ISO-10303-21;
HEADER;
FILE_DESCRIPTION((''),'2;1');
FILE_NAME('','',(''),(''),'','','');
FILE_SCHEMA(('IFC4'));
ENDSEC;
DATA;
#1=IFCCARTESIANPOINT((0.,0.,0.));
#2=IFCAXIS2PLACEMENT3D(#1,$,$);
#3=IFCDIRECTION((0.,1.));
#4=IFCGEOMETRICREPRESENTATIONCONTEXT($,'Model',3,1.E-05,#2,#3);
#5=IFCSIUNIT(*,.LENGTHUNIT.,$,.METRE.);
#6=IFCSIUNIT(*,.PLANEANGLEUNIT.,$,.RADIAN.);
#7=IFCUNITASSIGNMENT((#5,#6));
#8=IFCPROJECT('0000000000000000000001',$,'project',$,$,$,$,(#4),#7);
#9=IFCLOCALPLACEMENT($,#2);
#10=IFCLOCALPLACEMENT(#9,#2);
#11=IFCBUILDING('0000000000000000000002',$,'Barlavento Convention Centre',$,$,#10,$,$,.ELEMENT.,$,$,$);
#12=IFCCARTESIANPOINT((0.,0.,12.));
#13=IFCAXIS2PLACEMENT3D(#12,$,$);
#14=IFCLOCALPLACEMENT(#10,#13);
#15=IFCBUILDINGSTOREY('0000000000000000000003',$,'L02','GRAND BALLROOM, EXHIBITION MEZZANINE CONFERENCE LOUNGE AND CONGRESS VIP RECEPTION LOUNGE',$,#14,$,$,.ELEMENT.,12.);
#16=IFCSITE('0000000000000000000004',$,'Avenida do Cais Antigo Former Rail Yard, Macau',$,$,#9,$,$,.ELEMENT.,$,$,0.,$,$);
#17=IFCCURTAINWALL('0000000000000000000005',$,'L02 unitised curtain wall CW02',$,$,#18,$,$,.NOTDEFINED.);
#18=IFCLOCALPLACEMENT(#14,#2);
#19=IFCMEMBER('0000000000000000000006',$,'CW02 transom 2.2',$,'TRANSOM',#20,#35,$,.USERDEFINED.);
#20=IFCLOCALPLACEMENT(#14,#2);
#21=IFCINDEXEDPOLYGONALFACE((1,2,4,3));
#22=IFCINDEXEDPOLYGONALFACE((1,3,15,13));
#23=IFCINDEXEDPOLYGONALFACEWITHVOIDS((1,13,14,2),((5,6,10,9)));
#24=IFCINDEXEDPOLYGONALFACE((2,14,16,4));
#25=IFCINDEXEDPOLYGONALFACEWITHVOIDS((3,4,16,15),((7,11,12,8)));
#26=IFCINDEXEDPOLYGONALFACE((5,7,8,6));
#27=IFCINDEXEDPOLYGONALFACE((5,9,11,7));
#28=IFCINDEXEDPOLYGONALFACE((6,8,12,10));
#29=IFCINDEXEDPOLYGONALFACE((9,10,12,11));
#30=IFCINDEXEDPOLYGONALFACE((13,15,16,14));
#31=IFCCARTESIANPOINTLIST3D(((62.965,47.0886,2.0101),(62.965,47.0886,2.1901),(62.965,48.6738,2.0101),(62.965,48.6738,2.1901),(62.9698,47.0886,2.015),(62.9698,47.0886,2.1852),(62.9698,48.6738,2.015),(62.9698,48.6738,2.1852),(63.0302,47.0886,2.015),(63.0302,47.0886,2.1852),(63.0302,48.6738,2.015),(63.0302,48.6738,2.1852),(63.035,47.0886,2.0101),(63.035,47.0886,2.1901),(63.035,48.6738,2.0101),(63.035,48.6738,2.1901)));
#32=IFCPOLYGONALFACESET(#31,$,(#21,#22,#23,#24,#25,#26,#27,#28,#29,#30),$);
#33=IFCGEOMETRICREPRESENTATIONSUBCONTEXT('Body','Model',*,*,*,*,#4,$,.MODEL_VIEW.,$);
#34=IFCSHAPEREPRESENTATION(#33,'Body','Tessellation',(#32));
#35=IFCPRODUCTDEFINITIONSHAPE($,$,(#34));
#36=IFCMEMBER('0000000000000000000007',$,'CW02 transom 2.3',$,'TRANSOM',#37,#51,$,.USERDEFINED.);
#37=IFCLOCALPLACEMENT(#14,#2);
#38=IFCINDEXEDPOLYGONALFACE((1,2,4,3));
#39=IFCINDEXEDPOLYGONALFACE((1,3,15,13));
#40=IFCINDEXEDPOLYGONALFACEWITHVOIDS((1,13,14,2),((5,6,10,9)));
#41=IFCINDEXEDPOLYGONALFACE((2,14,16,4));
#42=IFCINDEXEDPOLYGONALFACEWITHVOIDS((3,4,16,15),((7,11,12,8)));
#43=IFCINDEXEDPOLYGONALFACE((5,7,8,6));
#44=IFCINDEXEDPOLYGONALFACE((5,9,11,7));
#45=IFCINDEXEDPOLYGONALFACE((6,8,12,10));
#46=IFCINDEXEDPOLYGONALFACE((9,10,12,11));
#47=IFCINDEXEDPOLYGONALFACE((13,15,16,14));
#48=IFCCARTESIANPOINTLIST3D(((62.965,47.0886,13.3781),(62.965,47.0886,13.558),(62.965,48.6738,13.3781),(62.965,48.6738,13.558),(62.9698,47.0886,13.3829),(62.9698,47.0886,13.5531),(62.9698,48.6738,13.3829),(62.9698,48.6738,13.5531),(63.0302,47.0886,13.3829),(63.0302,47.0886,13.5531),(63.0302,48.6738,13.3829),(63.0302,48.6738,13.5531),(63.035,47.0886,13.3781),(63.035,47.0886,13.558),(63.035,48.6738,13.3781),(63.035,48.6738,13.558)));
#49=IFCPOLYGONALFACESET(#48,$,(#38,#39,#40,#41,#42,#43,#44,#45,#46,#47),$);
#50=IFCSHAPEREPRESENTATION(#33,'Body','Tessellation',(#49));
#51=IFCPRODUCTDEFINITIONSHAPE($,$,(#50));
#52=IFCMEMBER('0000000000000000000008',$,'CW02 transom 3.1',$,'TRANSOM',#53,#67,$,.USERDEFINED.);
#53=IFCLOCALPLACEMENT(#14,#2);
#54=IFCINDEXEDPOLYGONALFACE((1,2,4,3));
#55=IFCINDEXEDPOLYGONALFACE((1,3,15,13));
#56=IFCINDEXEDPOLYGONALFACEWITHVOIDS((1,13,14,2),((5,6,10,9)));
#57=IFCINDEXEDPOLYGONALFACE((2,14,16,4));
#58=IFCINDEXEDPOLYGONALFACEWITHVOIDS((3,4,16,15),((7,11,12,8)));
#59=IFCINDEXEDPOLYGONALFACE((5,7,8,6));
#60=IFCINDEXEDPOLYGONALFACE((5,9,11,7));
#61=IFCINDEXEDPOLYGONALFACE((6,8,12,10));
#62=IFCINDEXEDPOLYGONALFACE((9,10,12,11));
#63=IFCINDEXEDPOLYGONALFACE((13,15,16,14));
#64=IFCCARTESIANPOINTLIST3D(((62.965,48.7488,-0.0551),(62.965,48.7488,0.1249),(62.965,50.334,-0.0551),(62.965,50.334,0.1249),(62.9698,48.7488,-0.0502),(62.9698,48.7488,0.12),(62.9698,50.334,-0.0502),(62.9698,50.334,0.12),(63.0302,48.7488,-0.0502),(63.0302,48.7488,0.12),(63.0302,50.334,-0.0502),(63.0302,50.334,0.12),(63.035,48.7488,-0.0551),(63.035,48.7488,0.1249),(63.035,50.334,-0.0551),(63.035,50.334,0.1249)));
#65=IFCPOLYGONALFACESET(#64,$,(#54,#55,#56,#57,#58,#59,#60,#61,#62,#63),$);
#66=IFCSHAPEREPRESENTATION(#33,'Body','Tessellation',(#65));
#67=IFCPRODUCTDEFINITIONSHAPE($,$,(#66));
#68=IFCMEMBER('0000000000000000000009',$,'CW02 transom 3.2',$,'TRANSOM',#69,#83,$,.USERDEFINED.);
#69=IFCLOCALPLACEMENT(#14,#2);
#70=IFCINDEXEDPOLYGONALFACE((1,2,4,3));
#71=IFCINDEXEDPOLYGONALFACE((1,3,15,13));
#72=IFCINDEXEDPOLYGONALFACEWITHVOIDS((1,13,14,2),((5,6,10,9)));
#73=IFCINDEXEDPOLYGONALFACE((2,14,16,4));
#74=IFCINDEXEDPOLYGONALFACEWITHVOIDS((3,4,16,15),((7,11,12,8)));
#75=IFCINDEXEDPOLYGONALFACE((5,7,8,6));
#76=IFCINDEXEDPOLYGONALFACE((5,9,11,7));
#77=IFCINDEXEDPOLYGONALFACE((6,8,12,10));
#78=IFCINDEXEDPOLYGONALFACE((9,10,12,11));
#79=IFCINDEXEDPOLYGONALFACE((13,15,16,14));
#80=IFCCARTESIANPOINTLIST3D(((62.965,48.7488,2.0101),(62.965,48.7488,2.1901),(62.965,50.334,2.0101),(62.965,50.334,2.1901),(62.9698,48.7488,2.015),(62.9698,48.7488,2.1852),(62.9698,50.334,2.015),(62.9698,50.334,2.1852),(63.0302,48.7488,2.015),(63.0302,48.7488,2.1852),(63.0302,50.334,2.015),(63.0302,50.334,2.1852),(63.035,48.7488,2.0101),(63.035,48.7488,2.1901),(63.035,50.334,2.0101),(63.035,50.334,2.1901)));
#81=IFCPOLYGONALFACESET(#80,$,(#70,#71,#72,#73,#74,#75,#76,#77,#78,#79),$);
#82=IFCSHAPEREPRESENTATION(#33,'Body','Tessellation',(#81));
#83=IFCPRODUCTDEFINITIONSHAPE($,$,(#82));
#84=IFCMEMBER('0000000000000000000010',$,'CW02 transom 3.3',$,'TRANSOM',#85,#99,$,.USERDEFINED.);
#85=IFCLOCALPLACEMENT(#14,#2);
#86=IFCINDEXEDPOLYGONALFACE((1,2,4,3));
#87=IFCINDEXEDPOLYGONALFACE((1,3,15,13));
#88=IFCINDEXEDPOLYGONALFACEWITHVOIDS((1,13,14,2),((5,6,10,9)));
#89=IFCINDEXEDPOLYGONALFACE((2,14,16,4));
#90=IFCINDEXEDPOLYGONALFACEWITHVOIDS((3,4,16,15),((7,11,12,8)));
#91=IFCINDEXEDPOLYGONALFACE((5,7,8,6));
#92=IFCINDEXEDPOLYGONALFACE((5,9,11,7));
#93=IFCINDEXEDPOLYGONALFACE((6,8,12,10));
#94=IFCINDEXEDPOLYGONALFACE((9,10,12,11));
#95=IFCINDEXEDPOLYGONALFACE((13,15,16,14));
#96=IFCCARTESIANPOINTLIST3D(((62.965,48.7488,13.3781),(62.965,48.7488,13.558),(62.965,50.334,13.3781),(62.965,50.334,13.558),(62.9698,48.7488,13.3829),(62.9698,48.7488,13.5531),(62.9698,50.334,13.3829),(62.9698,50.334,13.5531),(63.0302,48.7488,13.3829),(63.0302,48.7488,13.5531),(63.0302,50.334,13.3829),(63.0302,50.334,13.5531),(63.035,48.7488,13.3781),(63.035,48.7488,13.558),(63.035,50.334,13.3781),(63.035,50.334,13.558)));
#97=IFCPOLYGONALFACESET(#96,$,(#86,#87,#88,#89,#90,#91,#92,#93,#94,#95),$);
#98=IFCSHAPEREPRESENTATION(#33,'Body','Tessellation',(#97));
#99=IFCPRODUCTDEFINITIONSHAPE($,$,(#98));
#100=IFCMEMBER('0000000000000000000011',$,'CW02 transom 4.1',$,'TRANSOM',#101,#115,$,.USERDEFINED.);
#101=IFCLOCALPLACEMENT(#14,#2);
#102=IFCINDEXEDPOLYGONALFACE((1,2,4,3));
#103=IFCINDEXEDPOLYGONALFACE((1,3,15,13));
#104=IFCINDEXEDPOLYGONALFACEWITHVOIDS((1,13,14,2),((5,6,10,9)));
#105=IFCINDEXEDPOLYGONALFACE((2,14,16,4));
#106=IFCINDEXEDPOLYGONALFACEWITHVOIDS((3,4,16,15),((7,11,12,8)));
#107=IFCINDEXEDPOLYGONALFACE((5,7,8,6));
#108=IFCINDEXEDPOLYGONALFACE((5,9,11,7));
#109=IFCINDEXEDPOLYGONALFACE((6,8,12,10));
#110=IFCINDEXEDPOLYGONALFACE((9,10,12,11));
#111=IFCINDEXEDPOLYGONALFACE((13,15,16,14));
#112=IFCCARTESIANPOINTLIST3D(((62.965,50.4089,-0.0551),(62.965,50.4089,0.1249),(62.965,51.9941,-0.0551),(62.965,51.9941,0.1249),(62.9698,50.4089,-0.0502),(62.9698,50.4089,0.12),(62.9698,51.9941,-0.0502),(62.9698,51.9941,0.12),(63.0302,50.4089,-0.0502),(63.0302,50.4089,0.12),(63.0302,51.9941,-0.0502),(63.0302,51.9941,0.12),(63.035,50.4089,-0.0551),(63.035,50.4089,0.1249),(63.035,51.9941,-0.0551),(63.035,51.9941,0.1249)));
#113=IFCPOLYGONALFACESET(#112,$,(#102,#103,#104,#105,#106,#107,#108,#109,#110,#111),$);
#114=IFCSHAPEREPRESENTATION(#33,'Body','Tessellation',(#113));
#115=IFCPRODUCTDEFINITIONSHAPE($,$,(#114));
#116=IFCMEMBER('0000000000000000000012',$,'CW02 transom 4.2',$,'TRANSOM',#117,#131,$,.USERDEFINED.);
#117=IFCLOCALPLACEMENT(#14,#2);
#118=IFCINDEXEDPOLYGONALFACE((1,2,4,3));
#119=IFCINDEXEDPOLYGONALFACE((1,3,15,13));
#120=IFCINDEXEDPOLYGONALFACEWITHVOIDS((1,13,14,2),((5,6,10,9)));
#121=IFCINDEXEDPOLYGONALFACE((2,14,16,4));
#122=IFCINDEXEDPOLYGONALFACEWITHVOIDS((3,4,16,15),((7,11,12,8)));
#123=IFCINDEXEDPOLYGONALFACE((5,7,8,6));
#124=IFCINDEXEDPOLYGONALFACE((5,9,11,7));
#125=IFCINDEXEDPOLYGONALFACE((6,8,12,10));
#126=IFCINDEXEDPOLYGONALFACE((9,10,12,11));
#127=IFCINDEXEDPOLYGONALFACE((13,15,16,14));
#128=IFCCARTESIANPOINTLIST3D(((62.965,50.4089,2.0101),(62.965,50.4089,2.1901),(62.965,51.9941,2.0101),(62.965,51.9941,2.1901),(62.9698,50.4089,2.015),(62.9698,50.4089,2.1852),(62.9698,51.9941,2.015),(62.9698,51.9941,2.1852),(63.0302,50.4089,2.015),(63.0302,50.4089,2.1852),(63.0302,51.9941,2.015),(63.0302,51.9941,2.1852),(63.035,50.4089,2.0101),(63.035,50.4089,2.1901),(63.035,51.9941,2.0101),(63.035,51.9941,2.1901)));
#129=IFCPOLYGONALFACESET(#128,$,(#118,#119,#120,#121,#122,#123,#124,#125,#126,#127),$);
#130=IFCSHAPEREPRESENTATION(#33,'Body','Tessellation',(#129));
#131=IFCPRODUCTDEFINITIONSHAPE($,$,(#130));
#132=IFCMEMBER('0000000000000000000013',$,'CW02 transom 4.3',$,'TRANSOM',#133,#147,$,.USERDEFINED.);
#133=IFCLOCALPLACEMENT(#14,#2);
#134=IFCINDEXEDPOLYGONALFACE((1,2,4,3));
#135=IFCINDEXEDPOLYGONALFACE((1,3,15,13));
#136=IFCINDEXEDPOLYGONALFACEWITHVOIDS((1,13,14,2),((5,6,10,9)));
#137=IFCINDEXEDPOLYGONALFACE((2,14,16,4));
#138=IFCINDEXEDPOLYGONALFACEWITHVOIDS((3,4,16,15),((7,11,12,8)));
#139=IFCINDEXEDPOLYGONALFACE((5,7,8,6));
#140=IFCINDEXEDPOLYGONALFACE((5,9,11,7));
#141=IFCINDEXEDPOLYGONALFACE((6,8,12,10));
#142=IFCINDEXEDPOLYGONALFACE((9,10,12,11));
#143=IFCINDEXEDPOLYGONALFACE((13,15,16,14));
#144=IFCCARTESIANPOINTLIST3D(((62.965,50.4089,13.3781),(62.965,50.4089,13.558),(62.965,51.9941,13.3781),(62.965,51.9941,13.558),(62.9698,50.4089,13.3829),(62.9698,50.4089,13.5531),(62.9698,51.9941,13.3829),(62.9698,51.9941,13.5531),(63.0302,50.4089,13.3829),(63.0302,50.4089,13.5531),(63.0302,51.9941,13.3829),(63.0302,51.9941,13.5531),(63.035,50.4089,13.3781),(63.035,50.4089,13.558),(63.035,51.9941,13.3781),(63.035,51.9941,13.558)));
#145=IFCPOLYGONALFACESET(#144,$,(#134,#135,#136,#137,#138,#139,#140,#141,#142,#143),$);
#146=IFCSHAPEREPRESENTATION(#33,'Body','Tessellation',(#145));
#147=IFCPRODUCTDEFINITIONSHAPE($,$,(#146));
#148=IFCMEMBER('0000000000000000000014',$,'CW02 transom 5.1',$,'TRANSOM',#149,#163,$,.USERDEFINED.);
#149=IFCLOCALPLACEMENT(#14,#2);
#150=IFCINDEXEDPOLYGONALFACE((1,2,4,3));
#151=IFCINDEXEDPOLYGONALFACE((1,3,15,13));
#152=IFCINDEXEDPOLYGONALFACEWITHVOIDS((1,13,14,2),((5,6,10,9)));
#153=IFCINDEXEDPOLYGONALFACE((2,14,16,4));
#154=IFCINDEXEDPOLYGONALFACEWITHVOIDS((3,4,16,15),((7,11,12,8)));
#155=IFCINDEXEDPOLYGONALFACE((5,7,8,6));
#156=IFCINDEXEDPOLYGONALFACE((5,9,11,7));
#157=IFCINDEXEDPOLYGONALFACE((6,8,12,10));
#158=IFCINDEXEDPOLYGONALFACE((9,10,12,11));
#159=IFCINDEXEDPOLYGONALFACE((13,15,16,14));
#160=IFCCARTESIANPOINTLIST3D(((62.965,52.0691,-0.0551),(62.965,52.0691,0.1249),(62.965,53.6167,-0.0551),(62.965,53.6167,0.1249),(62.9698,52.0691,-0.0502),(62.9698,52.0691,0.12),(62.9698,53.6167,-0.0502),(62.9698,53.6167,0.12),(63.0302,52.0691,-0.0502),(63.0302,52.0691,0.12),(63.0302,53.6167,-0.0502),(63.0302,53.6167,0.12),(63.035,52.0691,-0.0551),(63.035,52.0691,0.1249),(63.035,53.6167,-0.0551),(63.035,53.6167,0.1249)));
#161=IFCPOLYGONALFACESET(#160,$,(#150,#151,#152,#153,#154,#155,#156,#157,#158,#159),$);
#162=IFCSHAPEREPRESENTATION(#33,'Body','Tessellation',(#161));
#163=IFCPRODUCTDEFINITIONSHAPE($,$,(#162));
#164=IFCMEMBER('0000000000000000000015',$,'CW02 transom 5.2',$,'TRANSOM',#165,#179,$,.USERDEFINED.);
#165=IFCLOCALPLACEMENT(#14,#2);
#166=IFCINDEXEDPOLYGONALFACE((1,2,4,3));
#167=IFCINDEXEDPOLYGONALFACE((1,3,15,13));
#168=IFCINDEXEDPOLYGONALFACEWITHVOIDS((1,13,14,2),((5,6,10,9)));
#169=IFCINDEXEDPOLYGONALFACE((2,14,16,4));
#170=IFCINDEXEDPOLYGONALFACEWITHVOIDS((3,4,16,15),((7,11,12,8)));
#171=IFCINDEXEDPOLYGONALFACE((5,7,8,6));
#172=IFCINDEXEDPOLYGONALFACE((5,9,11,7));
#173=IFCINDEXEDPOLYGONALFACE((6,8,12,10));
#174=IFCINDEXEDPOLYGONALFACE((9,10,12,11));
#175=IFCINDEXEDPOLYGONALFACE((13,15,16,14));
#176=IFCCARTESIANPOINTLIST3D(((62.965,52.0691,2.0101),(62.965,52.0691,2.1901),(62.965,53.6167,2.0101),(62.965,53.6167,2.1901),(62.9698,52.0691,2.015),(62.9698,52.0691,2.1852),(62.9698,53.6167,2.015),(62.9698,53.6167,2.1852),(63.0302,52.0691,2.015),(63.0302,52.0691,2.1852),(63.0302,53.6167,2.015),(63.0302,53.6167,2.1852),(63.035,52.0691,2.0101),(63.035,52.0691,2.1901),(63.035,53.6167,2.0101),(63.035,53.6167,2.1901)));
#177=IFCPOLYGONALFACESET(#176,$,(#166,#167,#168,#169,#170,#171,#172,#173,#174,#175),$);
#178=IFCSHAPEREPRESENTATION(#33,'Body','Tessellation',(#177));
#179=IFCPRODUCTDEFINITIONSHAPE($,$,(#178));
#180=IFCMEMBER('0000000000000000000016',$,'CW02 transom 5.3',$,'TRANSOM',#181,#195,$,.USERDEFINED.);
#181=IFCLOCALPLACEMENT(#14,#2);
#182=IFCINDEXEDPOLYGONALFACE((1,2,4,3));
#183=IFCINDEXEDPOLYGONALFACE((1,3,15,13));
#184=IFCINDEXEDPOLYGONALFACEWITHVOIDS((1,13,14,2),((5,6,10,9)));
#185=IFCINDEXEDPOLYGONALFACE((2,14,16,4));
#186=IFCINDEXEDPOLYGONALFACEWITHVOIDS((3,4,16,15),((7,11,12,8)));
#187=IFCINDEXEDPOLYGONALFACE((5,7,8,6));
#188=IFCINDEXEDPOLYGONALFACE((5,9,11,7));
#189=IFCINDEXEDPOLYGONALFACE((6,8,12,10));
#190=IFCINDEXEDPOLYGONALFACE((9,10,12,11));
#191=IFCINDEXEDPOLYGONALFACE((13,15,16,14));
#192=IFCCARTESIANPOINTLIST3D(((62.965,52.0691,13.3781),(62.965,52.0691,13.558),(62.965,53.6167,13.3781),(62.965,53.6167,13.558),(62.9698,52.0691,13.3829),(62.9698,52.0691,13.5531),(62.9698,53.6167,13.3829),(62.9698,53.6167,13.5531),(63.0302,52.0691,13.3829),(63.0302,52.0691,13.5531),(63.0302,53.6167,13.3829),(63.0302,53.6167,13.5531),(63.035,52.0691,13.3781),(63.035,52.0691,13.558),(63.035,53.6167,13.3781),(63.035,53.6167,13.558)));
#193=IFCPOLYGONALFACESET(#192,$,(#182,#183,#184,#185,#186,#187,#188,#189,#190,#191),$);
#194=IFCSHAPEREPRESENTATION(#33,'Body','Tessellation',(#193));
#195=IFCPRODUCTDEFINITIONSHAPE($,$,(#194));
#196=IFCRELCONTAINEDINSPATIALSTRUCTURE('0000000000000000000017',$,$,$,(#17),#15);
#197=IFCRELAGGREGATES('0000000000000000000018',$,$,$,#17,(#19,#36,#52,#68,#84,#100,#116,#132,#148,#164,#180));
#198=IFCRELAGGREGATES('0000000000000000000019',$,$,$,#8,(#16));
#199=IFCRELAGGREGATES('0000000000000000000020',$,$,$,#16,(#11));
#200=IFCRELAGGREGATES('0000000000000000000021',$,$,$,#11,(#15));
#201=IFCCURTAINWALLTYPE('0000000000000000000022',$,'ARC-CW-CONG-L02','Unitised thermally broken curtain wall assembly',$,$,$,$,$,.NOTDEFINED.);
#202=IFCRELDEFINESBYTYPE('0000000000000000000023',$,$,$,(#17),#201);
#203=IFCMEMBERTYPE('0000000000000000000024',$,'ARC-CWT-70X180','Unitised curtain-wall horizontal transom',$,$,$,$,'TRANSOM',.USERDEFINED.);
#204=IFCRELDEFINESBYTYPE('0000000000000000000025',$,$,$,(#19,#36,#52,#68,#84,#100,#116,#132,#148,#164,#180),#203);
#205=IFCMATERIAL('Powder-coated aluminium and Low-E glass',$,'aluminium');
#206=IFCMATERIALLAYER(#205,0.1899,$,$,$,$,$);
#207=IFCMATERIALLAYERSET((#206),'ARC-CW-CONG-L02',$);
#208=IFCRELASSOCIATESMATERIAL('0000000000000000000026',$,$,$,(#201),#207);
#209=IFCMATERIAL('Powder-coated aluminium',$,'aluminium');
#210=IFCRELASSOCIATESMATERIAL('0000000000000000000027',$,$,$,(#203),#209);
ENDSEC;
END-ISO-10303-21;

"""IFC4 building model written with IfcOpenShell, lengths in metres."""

from ifc_helpers import new_model, si_unit, direction, frame, origin, origin_2d, place, context, subcontext, project, spatial, hollow_rectangle, extrude, material, layer, layer_set, material_profile, profile_set, type_object, element, aggregate, save


model = new_model("IFC4")

# Units and contexts
model_context = context("Model", 3, precision=1e-05, world=origin(), true_north=direction((0.0, 1.0)))
body_context = subcontext(model_context, "Body", "Model", "MODEL_VIEW")
ifc_project = project(units=[si_unit("LENGTHUNIT", "METRE"), si_unit("PLANEANGLEUNIT", "RADIAN")], contexts=[model_context])

# Site, building, storey
site_placement = place(None, origin())
site = spatial("IfcSite", under=ifc_project, at=site_placement, Name="Avenida do Cais Antigo Former Rail Yard, Macau", CompositionType="ELEMENT", RefElevation=0.0)
building_placement = place(site_placement, origin())
building = spatial("IfcBuilding", under=site, at=building_placement, Name="Barlavento Convention Centre", CompositionType="ELEMENT")
storey_placement = place(building_placement, frame((0.0, 0.0, 12.0)))
storey = spatial("IfcBuildingStorey", under=building, at=storey_placement, Name="L02", Description="GRAND BALLROOM, EXHIBITION MEZZANINE CONFERENCE LOUNGE AND CONGRESS VIP RECEPTION LOUNGE", CompositionType="ELEMENT", Elevation=12.0)

# Curtain wall, members
ifc_material_1 = material(Name="Powder-coated aluminium and Low-E glass", Category="aluminium")
ifc_layer_1 = layer(ifc_material_1, 0.1899)
ifc_layer_set_1 = layer_set([ifc_layer_1], Name="ARC-CW-CONG-L02")
curtain_wall_type = type_object("IfcCurtainWallType", Name="ARC-CW-CONG-L02", Description="Unitised thermally broken curtain wall assembly", PredefinedType="NOTDEFINED", material=ifc_layer_set_1)
curtain_wall_placement = place(storey_placement, origin())
curtain_wall = element("IfcCurtainWall", 1, at=curtain_wall_placement, inside=storey, type_object=curtain_wall_type, Name="L02 unitised curtain wall CW02", PredefinedType="NOTDEFINED")
ifc_material_2 = material(Name="Powder-coated aluminium", Category="aluminium")
ifc_material_profile_1 = material_profile(ifc_material_2, hollow_rectangle(XDim=0.0701, YDim=0.1799, WallThickness=0.0049, at=origin_2d()), Name="AL-TRAN 70x180x5")
ifc_profile_set_1 = profile_set([ifc_material_profile_1], Name="Powder-coated aluminium")
member_type_1 = type_object("IfcMemberType", Name="ARC-CWT-70X180", Description="Unitised curtain-wall horizontal transom", ElementType="TRANSOM", PredefinedType="USERDEFINED", material=ifc_profile_set_1)
member_1_placement = place(storey_placement, frame((63.0, 47.0886, 2.1001), z_axis=(0.0, 1.0, 0.0), x_axis=(-1.0, 0.0, 0.0)))
member_1 = element("IfcMember", 2, at=member_1_placement, type_object=member_type_1, Name="CW02 transom 2.2", ObjectType="TRANSOM", PredefinedType="USERDEFINED", context=body_context, shape_type="SweptSolid", body=[
    extrude(hollow_rectangle(XDim=0.0701, YDim=0.1799, WallThickness=0.0049, at=origin_2d()), origin(), (0.0, 0.0, 1.0), 1.5852),
])
member_2_placement = place(storey_placement, frame((63.0, 47.0886, 13.468), z_axis=(0.0, 1.0, 0.0), x_axis=(-1.0, 0.0, 0.0)))
member_2 = element("IfcMember", 3, at=member_2_placement, type_object=member_type_1, Name="CW02 transom 2.3", ObjectType="TRANSOM", PredefinedType="USERDEFINED", context=body_context, shape_type="SweptSolid", body=[
    extrude(hollow_rectangle(XDim=0.0701, YDim=0.1799, WallThickness=0.0049, at=origin_2d()), origin(), (0.0, 0.0, 1.0), 1.5852),
])
member_3_placement = place(storey_placement, frame((63.0, 48.7488, 0.0349), z_axis=(0.0, 1.0, 0.0), x_axis=(-1.0, 0.0, 0.0)))
member_3 = element("IfcMember", 4, at=member_3_placement, type_object=member_type_1, Name="CW02 transom 3.1", ObjectType="TRANSOM", PredefinedType="USERDEFINED", context=body_context, shape_type="SweptSolid", body=[
    extrude(hollow_rectangle(XDim=0.0701, YDim=0.1799, WallThickness=0.0049, at=origin_2d()), origin(), (0.0, 0.0, 1.0), 1.5852),
])
member_4_placement = place(storey_placement, frame((63.0, 48.7488, 2.1001), z_axis=(0.0, 1.0, 0.0), x_axis=(-1.0, 0.0, 0.0)))
member_4 = element("IfcMember", 5, at=member_4_placement, type_object=member_type_1, Name="CW02 transom 3.2", ObjectType="TRANSOM", PredefinedType="USERDEFINED", context=body_context, shape_type="SweptSolid", body=[
    extrude(hollow_rectangle(XDim=0.0701, YDim=0.1799, WallThickness=0.0049, at=origin_2d()), origin(), (0.0, 0.0, 1.0), 1.5852),
])
member_5_placement = place(storey_placement, frame((63.0, 48.7488, 13.468), z_axis=(0.0, 1.0, 0.0), x_axis=(-1.0, 0.0, 0.0)))
member_5 = element("IfcMember", 6, at=member_5_placement, type_object=member_type_1, Name="CW02 transom 3.3", ObjectType="TRANSOM", PredefinedType="USERDEFINED", context=body_context, shape_type="SweptSolid", body=[
    extrude(hollow_rectangle(XDim=0.0701, YDim=0.1799, WallThickness=0.0049, at=origin_2d()), origin(), (0.0, 0.0, 1.0), 1.5852),
])
member_6_placement = place(storey_placement, frame((63.0, 50.4089, 0.0349), z_axis=(0.0, 1.0, 0.0), x_axis=(-1.0, 0.0, 0.0)))
member_6 = element("IfcMember", 7, at=member_6_placement, type_object=member_type_1, Name="CW02 transom 4.1", ObjectType="TRANSOM", PredefinedType="USERDEFINED", context=body_context, shape_type="SweptSolid", body=[
    extrude(hollow_rectangle(XDim=0.0701, YDim=0.1799, WallThickness=0.0049, at=origin_2d()), origin(), (0.0, 0.0, 1.0), 1.5852),
])
member_7_placement = place(storey_placement, frame((63.0, 50.4089, 2.1001), z_axis=(0.0, 1.0, 0.0), x_axis=(-1.0, 0.0, 0.0)))
member_7 = element("IfcMember", 8, at=member_7_placement, type_object=member_type_1, Name="CW02 transom 4.2", ObjectType="TRANSOM", PredefinedType="USERDEFINED", context=body_context, shape_type="SweptSolid", body=[
    extrude(hollow_rectangle(XDim=0.0701, YDim=0.1799, WallThickness=0.0049, at=origin_2d()), origin(), (0.0, 0.0, 1.0), 1.5852),
])
member_8_placement = place(storey_placement, frame((63.0, 50.4089, 13.468), z_axis=(0.0, 1.0, 0.0), x_axis=(-1.0, 0.0, 0.0)))
member_8 = element("IfcMember", 9, at=member_8_placement, type_object=member_type_1, Name="CW02 transom 4.3", ObjectType="TRANSOM", PredefinedType="USERDEFINED", context=body_context, shape_type="SweptSolid", body=[
    extrude(hollow_rectangle(XDim=0.0701, YDim=0.1799, WallThickness=0.0049, at=origin_2d()), origin(), (0.0, 0.0, 1.0), 1.5852),
])
member_9_placement = place(storey_placement, frame((63.0, 52.0691, 0.0349), z_axis=(0.0, 1.0, 0.0), x_axis=(-1.0, 0.0, 0.0)))
member_9 = element("IfcMember", 10, at=member_9_placement, type_object=member_type_1, Name="CW02 transom 5.1", ObjectType="TRANSOM", PredefinedType="USERDEFINED", context=body_context, shape_type="SweptSolid", body=[
    extrude(hollow_rectangle(XDim=0.0701, YDim=0.1799, WallThickness=0.0049, at=origin_2d()), origin(), (0.0, 0.0, 1.0), 1.5476),
])
member_10_placement = place(storey_placement, frame((63.0, 52.0691, 2.1001), z_axis=(0.0, 1.0, 0.0), x_axis=(-1.0, 0.0, 0.0)))
member_10 = element("IfcMember", 11, at=member_10_placement, type_object=member_type_1, Name="CW02 transom 5.2", ObjectType="TRANSOM", PredefinedType="USERDEFINED", context=body_context, shape_type="SweptSolid", body=[
    extrude(hollow_rectangle(XDim=0.0701, YDim=0.1799, WallThickness=0.0049, at=origin_2d()), origin(), (0.0, 0.0, 1.0), 1.5476),
])
member_11_placement = place(storey_placement, frame((63.0, 52.0691, 13.468), z_axis=(0.0, 1.0, 0.0), x_axis=(-1.0, 0.0, 0.0)))
member_11 = element("IfcMember", 12, at=member_11_placement, type_object=member_type_1, Name="CW02 transom 5.3", ObjectType="TRANSOM", PredefinedType="USERDEFINED", context=body_context, shape_type="SweptSolid", body=[
    extrude(hollow_rectangle(XDim=0.0701, YDim=0.1799, WallThickness=0.0049, at=origin_2d()), origin(), (0.0, 0.0, 1.0), 1.5476),
])

aggregate(curtain_wall, [member_1, member_2, member_3, member_4, member_5, member_6, member_7, member_8, member_9, member_10, member_11])

save(model, "model.ifc")
